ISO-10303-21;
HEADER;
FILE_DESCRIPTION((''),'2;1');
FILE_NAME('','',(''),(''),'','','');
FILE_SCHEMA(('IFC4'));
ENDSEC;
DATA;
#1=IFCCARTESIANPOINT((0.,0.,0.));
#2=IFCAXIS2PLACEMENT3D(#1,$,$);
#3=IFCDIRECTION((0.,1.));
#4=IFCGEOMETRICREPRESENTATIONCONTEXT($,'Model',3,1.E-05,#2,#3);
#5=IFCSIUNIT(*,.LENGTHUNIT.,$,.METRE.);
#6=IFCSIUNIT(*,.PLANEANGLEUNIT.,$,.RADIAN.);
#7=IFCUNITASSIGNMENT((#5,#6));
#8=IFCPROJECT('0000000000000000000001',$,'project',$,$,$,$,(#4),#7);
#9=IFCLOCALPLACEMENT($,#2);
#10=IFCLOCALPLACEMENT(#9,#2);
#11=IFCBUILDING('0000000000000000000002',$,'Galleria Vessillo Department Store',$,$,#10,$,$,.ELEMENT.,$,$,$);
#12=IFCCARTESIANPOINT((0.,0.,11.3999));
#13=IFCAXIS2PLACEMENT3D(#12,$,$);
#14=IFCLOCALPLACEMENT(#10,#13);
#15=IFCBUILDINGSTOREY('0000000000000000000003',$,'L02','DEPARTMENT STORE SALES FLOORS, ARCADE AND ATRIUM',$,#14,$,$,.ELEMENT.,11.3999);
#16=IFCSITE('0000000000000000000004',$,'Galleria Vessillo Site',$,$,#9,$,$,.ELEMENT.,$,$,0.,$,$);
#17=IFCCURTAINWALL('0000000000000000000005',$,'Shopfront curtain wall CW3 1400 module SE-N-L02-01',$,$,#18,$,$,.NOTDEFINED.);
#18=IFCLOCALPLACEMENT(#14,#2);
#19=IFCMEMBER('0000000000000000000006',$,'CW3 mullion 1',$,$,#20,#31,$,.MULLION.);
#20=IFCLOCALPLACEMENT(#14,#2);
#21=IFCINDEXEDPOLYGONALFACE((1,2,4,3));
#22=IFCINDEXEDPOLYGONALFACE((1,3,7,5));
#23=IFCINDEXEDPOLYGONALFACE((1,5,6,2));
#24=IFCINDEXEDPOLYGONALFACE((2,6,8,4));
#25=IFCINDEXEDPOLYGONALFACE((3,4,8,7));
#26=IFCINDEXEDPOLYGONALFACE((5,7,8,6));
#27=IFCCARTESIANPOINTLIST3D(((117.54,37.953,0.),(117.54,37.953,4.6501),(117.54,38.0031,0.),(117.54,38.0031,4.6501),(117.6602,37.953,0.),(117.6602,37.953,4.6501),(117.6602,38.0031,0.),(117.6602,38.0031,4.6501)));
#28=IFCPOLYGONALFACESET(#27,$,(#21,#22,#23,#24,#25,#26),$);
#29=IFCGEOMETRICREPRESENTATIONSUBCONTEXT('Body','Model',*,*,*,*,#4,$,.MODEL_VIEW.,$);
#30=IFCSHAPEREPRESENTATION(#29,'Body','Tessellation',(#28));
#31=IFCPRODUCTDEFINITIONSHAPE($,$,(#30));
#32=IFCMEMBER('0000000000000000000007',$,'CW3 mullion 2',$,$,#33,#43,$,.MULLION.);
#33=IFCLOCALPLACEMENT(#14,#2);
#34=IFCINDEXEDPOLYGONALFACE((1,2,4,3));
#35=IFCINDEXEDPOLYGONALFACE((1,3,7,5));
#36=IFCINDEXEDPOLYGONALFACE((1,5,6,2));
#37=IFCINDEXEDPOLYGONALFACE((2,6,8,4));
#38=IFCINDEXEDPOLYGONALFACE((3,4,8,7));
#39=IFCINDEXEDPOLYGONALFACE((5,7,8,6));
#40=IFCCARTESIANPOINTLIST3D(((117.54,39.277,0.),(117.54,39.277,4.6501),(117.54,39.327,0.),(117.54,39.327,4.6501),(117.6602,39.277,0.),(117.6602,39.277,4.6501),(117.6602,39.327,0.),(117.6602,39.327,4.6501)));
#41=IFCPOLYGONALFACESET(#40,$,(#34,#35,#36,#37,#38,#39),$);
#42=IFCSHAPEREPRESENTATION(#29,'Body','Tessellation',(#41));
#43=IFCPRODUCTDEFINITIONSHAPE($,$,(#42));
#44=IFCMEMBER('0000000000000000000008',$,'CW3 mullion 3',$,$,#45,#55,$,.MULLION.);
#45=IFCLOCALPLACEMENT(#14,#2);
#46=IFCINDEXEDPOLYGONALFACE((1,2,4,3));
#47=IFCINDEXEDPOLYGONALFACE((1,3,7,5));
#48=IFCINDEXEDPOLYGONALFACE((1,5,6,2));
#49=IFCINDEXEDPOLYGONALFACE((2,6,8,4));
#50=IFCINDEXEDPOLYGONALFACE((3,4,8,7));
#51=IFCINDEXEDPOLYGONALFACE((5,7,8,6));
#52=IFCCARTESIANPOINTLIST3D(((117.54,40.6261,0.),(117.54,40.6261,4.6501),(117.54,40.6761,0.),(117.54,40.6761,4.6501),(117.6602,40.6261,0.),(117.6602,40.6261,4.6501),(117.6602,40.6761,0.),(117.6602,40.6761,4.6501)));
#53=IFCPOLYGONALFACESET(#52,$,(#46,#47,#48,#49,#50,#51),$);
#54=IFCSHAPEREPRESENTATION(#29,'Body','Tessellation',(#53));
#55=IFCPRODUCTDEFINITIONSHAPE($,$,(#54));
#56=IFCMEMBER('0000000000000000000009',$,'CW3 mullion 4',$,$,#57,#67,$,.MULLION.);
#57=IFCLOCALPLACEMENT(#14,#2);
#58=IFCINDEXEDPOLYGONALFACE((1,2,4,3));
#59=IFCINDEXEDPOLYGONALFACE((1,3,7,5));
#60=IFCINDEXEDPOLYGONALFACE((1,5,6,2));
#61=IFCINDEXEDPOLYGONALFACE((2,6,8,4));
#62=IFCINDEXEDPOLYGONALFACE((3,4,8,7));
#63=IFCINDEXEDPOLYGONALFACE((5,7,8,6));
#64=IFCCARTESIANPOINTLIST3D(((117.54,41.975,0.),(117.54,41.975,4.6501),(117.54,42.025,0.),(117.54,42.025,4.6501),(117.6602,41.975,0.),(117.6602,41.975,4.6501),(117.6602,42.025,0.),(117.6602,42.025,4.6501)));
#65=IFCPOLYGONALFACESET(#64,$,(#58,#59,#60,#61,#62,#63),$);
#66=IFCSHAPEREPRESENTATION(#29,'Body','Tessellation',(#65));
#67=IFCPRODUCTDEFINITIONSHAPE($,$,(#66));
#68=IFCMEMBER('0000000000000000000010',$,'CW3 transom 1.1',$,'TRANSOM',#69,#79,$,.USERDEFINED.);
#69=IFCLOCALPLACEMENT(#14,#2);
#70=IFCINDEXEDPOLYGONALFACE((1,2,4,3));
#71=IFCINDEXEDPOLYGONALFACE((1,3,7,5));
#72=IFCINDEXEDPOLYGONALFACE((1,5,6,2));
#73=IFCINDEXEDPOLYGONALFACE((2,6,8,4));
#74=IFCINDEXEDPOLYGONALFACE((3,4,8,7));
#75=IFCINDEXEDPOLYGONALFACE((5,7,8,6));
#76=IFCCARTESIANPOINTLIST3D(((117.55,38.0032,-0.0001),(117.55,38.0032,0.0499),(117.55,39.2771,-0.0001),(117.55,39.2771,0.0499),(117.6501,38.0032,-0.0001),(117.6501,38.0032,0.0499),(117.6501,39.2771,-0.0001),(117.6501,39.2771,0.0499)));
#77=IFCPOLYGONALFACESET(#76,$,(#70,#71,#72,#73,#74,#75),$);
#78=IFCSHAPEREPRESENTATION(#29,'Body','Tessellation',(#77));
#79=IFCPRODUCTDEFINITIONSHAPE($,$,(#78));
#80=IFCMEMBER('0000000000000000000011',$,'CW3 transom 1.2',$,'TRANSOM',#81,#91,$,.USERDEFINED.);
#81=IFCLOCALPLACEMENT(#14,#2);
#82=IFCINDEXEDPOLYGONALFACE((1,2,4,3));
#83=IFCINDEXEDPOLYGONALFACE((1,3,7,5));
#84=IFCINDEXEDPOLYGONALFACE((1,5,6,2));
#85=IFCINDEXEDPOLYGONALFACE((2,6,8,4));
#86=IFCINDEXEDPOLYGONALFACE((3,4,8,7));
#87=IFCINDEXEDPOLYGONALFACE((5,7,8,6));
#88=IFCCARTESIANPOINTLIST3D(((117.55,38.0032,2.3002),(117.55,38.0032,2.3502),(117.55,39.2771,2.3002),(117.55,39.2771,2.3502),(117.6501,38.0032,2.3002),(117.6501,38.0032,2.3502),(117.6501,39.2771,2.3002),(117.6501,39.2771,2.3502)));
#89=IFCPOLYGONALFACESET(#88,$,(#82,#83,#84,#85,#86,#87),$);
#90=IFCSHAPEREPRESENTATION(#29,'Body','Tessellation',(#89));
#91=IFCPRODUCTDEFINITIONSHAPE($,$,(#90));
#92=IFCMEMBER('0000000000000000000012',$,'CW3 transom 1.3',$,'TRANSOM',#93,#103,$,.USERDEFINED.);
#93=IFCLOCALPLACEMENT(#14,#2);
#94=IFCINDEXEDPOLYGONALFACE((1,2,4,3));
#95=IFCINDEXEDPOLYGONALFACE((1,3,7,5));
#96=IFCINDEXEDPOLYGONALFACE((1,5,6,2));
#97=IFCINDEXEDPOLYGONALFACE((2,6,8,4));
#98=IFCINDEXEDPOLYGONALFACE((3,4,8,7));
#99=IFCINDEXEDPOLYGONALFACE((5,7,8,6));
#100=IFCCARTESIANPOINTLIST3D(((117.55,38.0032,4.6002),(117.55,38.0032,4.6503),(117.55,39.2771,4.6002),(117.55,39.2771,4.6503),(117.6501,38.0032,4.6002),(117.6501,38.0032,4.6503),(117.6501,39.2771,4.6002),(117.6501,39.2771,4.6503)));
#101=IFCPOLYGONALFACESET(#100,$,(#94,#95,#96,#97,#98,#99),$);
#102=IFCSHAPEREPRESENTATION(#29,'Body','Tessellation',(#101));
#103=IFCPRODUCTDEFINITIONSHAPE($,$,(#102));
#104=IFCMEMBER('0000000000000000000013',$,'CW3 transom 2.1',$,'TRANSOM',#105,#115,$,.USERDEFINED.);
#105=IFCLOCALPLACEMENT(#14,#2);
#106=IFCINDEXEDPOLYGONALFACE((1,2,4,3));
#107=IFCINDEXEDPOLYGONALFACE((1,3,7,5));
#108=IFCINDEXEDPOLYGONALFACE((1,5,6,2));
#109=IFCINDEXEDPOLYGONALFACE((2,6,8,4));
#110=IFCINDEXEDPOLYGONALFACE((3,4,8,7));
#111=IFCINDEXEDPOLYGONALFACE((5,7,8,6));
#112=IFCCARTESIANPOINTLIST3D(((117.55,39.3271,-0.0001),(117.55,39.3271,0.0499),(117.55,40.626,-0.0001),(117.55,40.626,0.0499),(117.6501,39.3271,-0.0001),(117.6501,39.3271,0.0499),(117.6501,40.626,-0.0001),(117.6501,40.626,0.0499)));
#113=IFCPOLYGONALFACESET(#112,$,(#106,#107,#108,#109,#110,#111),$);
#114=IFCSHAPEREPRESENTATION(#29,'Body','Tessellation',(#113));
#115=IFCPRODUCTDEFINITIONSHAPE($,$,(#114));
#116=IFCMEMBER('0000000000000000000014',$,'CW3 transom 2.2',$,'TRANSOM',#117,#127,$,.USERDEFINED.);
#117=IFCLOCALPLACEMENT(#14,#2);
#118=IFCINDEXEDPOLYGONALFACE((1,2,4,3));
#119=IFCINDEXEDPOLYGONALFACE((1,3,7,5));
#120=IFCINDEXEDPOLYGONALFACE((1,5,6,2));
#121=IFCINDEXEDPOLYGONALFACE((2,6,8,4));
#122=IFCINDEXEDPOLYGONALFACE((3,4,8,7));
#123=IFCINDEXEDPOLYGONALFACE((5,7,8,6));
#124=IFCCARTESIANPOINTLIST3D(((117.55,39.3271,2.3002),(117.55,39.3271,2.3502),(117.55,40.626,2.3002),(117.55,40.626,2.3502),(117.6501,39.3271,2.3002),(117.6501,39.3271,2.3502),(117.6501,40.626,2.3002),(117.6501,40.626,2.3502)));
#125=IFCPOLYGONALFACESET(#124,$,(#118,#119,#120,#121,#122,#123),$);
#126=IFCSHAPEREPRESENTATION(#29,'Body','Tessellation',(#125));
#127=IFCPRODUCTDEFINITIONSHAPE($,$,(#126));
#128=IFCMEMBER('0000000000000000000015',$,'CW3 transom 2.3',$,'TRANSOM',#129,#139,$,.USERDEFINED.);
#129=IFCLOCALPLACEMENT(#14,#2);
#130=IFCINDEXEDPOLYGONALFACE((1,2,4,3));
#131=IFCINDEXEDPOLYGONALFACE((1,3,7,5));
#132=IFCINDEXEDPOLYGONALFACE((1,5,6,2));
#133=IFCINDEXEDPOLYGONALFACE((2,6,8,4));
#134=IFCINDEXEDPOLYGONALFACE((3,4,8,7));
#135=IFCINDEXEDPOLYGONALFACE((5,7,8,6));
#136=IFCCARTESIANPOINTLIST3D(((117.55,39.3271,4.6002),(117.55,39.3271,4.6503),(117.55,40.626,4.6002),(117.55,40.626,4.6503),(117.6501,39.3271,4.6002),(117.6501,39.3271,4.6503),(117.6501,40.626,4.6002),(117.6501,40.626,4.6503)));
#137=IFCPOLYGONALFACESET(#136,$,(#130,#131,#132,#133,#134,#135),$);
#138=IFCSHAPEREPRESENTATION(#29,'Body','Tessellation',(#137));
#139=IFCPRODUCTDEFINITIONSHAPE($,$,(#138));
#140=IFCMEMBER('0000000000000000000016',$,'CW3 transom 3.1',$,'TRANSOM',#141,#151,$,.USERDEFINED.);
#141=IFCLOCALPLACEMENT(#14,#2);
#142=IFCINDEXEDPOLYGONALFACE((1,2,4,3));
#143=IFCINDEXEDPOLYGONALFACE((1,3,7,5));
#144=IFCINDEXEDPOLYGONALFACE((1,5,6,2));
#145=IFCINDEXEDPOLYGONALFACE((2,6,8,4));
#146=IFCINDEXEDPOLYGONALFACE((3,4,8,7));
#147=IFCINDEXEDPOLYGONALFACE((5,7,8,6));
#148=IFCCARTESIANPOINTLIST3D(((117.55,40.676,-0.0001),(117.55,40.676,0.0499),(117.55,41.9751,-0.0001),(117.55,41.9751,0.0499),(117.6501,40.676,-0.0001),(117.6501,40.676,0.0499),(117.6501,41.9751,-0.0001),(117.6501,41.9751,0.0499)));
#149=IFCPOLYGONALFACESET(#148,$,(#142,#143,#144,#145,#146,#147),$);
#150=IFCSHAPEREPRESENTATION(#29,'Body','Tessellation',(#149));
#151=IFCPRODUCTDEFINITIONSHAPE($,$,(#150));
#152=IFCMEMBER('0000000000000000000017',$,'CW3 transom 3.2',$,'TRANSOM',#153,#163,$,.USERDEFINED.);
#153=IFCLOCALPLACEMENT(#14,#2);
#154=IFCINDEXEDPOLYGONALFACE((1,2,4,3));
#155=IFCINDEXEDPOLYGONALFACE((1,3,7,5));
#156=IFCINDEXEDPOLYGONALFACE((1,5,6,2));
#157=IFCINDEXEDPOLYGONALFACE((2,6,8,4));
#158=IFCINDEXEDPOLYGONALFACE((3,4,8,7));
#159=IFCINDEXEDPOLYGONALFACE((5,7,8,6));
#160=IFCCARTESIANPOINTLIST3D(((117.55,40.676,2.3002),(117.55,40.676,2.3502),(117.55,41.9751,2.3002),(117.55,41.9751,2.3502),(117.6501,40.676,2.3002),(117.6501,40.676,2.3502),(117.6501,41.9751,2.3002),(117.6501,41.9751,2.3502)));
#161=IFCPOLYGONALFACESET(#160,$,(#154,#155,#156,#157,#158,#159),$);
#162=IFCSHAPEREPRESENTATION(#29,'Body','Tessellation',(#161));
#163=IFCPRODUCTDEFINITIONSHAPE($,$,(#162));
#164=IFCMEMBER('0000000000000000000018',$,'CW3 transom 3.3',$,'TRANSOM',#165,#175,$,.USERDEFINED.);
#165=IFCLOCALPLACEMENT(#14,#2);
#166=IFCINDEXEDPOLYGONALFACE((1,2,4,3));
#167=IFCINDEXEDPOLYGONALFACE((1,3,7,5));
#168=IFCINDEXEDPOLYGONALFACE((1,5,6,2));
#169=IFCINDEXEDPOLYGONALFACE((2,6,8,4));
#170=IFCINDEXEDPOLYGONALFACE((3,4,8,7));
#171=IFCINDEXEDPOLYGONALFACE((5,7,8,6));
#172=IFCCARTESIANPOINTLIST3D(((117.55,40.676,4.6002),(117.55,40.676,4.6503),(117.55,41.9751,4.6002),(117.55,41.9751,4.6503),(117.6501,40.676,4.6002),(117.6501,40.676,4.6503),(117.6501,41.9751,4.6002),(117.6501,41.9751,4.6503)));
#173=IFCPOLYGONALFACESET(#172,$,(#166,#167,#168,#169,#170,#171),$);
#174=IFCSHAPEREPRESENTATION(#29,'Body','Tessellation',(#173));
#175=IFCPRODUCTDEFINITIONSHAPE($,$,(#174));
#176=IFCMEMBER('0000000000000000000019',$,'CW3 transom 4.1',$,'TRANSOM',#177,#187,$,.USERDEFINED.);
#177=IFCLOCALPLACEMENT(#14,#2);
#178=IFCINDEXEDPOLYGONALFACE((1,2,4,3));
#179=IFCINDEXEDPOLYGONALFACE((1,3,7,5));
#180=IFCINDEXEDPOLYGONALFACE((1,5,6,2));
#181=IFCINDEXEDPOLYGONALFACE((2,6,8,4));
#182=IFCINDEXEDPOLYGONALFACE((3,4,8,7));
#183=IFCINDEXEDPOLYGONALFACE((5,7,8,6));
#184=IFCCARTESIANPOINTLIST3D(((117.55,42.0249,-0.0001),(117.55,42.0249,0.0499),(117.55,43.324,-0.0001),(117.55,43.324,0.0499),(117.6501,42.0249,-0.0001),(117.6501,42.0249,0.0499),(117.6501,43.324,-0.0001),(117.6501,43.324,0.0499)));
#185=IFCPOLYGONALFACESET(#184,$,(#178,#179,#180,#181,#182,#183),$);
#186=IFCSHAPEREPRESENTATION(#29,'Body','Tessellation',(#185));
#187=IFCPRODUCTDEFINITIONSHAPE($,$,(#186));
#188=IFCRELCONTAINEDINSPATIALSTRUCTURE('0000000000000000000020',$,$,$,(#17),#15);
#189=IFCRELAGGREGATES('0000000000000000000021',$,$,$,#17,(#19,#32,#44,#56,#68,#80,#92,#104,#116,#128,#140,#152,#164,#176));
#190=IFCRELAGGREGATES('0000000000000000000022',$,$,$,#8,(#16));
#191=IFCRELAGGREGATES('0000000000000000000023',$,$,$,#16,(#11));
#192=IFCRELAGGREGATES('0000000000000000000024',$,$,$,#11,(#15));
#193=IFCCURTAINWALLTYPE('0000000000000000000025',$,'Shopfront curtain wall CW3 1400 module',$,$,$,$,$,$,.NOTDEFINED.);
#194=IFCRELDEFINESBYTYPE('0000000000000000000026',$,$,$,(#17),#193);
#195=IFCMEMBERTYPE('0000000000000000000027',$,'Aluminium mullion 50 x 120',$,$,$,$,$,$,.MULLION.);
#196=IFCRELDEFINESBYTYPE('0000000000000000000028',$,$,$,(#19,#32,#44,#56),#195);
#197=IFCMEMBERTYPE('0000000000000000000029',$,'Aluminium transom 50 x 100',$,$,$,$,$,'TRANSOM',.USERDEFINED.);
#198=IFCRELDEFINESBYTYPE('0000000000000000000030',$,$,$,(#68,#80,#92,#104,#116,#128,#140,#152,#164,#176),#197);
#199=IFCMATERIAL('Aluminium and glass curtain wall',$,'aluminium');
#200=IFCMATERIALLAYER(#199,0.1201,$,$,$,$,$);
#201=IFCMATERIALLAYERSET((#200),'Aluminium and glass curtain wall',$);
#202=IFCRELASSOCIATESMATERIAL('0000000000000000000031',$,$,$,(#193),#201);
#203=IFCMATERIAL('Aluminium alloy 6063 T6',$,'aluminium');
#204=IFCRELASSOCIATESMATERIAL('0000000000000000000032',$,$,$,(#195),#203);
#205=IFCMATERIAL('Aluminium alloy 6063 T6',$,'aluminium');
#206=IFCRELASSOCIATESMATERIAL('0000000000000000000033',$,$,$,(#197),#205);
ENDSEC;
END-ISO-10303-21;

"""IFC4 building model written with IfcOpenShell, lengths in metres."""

from ifc_helpers import new_model, si_unit, direction, frame, origin, origin_2d, place, context, subcontext, project, spatial, rectangle, extrude, material, layer, layer_set, material_profile, profile_set, type_object, element, aggregate, save


model = new_model("IFC4")

# Units and contexts
model_context = context("Model", 3, precision=1e-05, world=origin(), true_north=direction((0.0, 1.0)))
body_context = subcontext(model_context, "Body", "Model", "MODEL_VIEW")
ifc_project = project(units=[si_unit("LENGTHUNIT", "METRE"), si_unit("PLANEANGLEUNIT", "RADIAN")], contexts=[model_context])

# Site, building, storey
site_placement = place(None, origin())
site = spatial("IfcSite", under=ifc_project, at=site_placement, Name="Galleria Vessillo Site", CompositionType="ELEMENT", RefElevation=0.0)
building_placement = place(site_placement, origin())
building = spatial("IfcBuilding", under=site, at=building_placement, Name="Galleria Vessillo Department Store", CompositionType="ELEMENT")
storey_placement = place(building_placement, frame((0.0, 0.0, 11.3999)))
storey = spatial("IfcBuildingStorey", under=building, at=storey_placement, Name="L02", Description="DEPARTMENT STORE SALES FLOORS, ARCADE AND ATRIUM", CompositionType="ELEMENT", Elevation=11.3999)

# Curtain wall, members
ifc_material_1 = material(Name="Aluminium and glass curtain wall", Category="aluminium")
ifc_layer_1 = layer(ifc_material_1, 0.1201)
ifc_layer_set_1 = layer_set([ifc_layer_1], Name="Aluminium and glass curtain wall")
curtain_wall_type = type_object("IfcCurtainWallType", Name="Shopfront curtain wall CW3 1400 module", PredefinedType="NOTDEFINED", material=ifc_layer_set_1)
curtain_wall_placement = place(storey_placement, origin())
curtain_wall = element("IfcCurtainWall", 1, at=curtain_wall_placement, inside=storey, type_object=curtain_wall_type, Name="Shopfront curtain wall CW3 1400 module SE-N-L02-01", PredefinedType="NOTDEFINED")
ifc_material_2 = material(Name="Aluminium alloy 6063 T6", Category="aluminium")
ifc_material_profile_1 = material_profile(ifc_material_2, rectangle(XDim=0.1201, YDim=0.05, at=origin_2d()), Name="AL 50x120")
ifc_profile_set_1 = profile_set([ifc_material_profile_1], Name="Aluminium alloy 6063 T6")
member_type_1 = type_object("IfcMemberType", Name="Aluminium mullion 50 x 120", PredefinedType="MULLION", material=ifc_profile_set_1)
member_1_placement = place(storey_placement, frame((117.6001, 37.978, 0.0), z_axis=(0.0, 0.0, 1.0), x_axis=(-1.0, 0.0, 0.0)))
member_1 = element("IfcMember", 2, at=member_1_placement, type_object=member_type_1, Name="CW3 mullion 1", PredefinedType="MULLION", context=body_context, shape_type="SweptSolid", body=[
    extrude(rectangle(XDim=0.1201, YDim=0.05, at=origin_2d()), origin(), (0.0, 0.0, 1.0), 4.6501),
])
member_2_placement = place(storey_placement, frame((117.6001, 39.302, 0.0), z_axis=(0.0, 0.0, 1.0), x_axis=(-1.0, 0.0, 0.0)))
member_2 = element("IfcMember", 3, at=member_2_placement, type_object=member_type_1, Name="CW3 mullion 2", PredefinedType="MULLION", context=body_context, shape_type="SweptSolid", body=[
    extrude(rectangle(XDim=0.1201, YDim=0.05, at=origin_2d()), origin(), (0.0, 0.0, 1.0), 4.6501),
])
member_3_placement = place(storey_placement, frame((117.6001, 40.6511, 0.0), z_axis=(0.0, 0.0, 1.0), x_axis=(-1.0, 0.0, 0.0)))
member_3 = element("IfcMember", 4, at=member_3_placement, type_object=member_type_1, Name="CW3 mullion 3", PredefinedType="MULLION", context=body_context, shape_type="SweptSolid", body=[
    extrude(rectangle(XDim=0.1201, YDim=0.05, at=origin_2d()), origin(), (0.0, 0.0, 1.0), 4.6501),
])
member_4_placement = place(storey_placement, frame((117.6001, 42.0, 0.0), z_axis=(0.0, 0.0, 1.0), x_axis=(-1.0, 0.0, 0.0)))
member_4 = element("IfcMember", 5, at=member_4_placement, type_object=member_type_1, Name="CW3 mullion 4", PredefinedType="MULLION", context=body_context, shape_type="SweptSolid", body=[
    extrude(rectangle(XDim=0.1201, YDim=0.05, at=origin_2d()), origin(), (0.0, 0.0, 1.0), 4.6501),
])
ifc_material_3 = material(Name="Aluminium alloy 6063 T6", Category="aluminium")
ifc_material_profile_2 = material_profile(ifc_material_3, rectangle(XDim=0.1001, YDim=0.05, at=origin_2d()), Name="AL 50x100")
ifc_profile_set_2 = profile_set([ifc_material_profile_2], Name="Aluminium alloy 6063 T6")
member_type_2 = type_object("IfcMemberType", Name="Aluminium transom 50 x 100", ElementType="TRANSOM", PredefinedType="USERDEFINED", material=ifc_profile_set_2)
member_5_placement = place(storey_placement, frame((117.6001, 38.0032, 0.0249), z_axis=(0.0, 1.0, 0.0), x_axis=(-1.0, 0.0, 0.0)))
member_5 = element("IfcMember", 6, at=member_5_placement, type_object=member_type_2, Name="CW3 transom 1.1", ObjectType="TRANSOM", PredefinedType="USERDEFINED", context=body_context, shape_type="SweptSolid", body=[
    extrude(rectangle(XDim=0.1001, YDim=0.05, at=origin_2d()), origin(), (0.0, 0.0, 1.0), 1.2739),
])
member_6_placement = place(storey_placement, frame((117.6001, 38.0032, 2.3252), z_axis=(0.0, 1.0, 0.0), x_axis=(-1.0, 0.0, 0.0)))
member_6 = element("IfcMember", 7, at=member_6_placement, type_object=member_type_2, Name="CW3 transom 1.2", ObjectType="TRANSOM", PredefinedType="USERDEFINED", context=body_context, shape_type="SweptSolid", body=[
    extrude(rectangle(XDim=0.1001, YDim=0.05, at=origin_2d()), origin(), (0.0, 0.0, 1.0), 1.2739),
])
member_7_placement = place(storey_placement, frame((117.6001, 38.0032, 4.6252), z_axis=(0.0, 1.0, 0.0), x_axis=(-1.0, 0.0, 0.0)))
member_7 = element("IfcMember", 8, at=member_7_placement, type_object=member_type_2, Name="CW3 transom 1.3", ObjectType="TRANSOM", PredefinedType="USERDEFINED", context=body_context, shape_type="SweptSolid", body=[
    extrude(rectangle(XDim=0.1001, YDim=0.05, at=origin_2d()), origin(), (0.0, 0.0, 1.0), 1.2739),
])
member_8_placement = place(storey_placement, frame((117.6001, 39.3271, 0.0249), z_axis=(0.0, 1.0, 0.0), x_axis=(-1.0, 0.0, 0.0)))
member_8 = element("IfcMember", 9, at=member_8_placement, type_object=member_type_2, Name="CW3 transom 2.1", ObjectType="TRANSOM", PredefinedType="USERDEFINED", context=body_context, shape_type="SweptSolid", body=[
    extrude(rectangle(XDim=0.1001, YDim=0.05, at=origin_2d()), origin(), (0.0, 0.0, 1.0), 1.2988),
])
member_9_placement = place(storey_placement, frame((117.6001, 39.3271, 2.3252), z_axis=(0.0, 1.0, 0.0), x_axis=(-1.0, 0.0, 0.0)))
member_9 = element("IfcMember", 10, at=member_9_placement, type_object=member_type_2, Name="CW3 transom 2.2", ObjectType="TRANSOM", PredefinedType="USERDEFINED", context=body_context, shape_type="SweptSolid", body=[
    extrude(rectangle(XDim=0.1001, YDim=0.05, at=origin_2d()), origin(), (0.0, 0.0, 1.0), 1.2988),
])
member_10_placement = place(storey_placement, frame((117.6001, 39.3271, 4.6252), z_axis=(0.0, 1.0, 0.0), x_axis=(-1.0, 0.0, 0.0)))
member_10 = element("IfcMember", 11, at=member_10_placement, type_object=member_type_2, Name="CW3 transom 2.3", ObjectType="TRANSOM", PredefinedType="USERDEFINED", context=body_context, shape_type="SweptSolid", body=[
    extrude(rectangle(XDim=0.1001, YDim=0.05, at=origin_2d()), origin(), (0.0, 0.0, 1.0), 1.2988),
])
member_11_placement = place(storey_placement, frame((117.6001, 40.676, 0.0249), z_axis=(0.0, 1.0, 0.0), x_axis=(-1.0, 0.0, 0.0)))
member_11 = element("IfcMember", 12, at=member_11_placement, type_object=member_type_2, Name="CW3 transom 3.1", ObjectType="TRANSOM", PredefinedType="USERDEFINED", context=body_context, shape_type="SweptSolid", body=[
    extrude(rectangle(XDim=0.1001, YDim=0.05, at=origin_2d()), origin(), (0.0, 0.0, 1.0), 1.2991),
])
member_12_placement = place(storey_placement, frame((117.6001, 40.676, 2.3252), z_axis=(0.0, 1.0, 0.0), x_axis=(-1.0, 0.0, 0.0)))
member_12 = element("IfcMember", 13, at=member_12_placement, type_object=member_type_2, Name="CW3 transom 3.2", ObjectType="TRANSOM", PredefinedType="USERDEFINED", context=body_context, shape_type="SweptSolid", body=[
    extrude(rectangle(XDim=0.1001, YDim=0.05, at=origin_2d()), origin(), (0.0, 0.0, 1.0), 1.2991),
])
member_13_placement = place(storey_placement, frame((117.6001, 40.676, 4.6252), z_axis=(0.0, 1.0, 0.0), x_axis=(-1.0, 0.0, 0.0)))
member_13 = element("IfcMember", 14, at=member_13_placement, type_object=member_type_2, Name="CW3 transom 3.3", ObjectType="TRANSOM", PredefinedType="USERDEFINED", context=body_context, shape_type="SweptSolid", body=[
    extrude(rectangle(XDim=0.1001, YDim=0.05, at=origin_2d()), origin(), (0.0, 0.0, 1.0), 1.2991),
])
member_14_placement = place(storey_placement, frame((117.6001, 42.0249, 0.0249), z_axis=(0.0, 1.0, 0.0), x_axis=(-1.0, 0.0, 0.0)))
member_14 = element("IfcMember", 15, at=member_14_placement, type_object=member_type_2, Name="CW3 transom 4.1", ObjectType="TRANSOM", PredefinedType="USERDEFINED", context=body_context, shape_type="SweptSolid", body=[
    extrude(rectangle(XDim=0.1001, YDim=0.05, at=origin_2d()), origin(), (0.0, 0.0, 1.0), 1.2991),
])

aggregate(curtain_wall, [member_1, member_2, member_3, member_4, member_5, member_6, member_7, member_8, member_9, member_10, member_11, member_12, member_13, member_14])

save(model, "model.ifc")
